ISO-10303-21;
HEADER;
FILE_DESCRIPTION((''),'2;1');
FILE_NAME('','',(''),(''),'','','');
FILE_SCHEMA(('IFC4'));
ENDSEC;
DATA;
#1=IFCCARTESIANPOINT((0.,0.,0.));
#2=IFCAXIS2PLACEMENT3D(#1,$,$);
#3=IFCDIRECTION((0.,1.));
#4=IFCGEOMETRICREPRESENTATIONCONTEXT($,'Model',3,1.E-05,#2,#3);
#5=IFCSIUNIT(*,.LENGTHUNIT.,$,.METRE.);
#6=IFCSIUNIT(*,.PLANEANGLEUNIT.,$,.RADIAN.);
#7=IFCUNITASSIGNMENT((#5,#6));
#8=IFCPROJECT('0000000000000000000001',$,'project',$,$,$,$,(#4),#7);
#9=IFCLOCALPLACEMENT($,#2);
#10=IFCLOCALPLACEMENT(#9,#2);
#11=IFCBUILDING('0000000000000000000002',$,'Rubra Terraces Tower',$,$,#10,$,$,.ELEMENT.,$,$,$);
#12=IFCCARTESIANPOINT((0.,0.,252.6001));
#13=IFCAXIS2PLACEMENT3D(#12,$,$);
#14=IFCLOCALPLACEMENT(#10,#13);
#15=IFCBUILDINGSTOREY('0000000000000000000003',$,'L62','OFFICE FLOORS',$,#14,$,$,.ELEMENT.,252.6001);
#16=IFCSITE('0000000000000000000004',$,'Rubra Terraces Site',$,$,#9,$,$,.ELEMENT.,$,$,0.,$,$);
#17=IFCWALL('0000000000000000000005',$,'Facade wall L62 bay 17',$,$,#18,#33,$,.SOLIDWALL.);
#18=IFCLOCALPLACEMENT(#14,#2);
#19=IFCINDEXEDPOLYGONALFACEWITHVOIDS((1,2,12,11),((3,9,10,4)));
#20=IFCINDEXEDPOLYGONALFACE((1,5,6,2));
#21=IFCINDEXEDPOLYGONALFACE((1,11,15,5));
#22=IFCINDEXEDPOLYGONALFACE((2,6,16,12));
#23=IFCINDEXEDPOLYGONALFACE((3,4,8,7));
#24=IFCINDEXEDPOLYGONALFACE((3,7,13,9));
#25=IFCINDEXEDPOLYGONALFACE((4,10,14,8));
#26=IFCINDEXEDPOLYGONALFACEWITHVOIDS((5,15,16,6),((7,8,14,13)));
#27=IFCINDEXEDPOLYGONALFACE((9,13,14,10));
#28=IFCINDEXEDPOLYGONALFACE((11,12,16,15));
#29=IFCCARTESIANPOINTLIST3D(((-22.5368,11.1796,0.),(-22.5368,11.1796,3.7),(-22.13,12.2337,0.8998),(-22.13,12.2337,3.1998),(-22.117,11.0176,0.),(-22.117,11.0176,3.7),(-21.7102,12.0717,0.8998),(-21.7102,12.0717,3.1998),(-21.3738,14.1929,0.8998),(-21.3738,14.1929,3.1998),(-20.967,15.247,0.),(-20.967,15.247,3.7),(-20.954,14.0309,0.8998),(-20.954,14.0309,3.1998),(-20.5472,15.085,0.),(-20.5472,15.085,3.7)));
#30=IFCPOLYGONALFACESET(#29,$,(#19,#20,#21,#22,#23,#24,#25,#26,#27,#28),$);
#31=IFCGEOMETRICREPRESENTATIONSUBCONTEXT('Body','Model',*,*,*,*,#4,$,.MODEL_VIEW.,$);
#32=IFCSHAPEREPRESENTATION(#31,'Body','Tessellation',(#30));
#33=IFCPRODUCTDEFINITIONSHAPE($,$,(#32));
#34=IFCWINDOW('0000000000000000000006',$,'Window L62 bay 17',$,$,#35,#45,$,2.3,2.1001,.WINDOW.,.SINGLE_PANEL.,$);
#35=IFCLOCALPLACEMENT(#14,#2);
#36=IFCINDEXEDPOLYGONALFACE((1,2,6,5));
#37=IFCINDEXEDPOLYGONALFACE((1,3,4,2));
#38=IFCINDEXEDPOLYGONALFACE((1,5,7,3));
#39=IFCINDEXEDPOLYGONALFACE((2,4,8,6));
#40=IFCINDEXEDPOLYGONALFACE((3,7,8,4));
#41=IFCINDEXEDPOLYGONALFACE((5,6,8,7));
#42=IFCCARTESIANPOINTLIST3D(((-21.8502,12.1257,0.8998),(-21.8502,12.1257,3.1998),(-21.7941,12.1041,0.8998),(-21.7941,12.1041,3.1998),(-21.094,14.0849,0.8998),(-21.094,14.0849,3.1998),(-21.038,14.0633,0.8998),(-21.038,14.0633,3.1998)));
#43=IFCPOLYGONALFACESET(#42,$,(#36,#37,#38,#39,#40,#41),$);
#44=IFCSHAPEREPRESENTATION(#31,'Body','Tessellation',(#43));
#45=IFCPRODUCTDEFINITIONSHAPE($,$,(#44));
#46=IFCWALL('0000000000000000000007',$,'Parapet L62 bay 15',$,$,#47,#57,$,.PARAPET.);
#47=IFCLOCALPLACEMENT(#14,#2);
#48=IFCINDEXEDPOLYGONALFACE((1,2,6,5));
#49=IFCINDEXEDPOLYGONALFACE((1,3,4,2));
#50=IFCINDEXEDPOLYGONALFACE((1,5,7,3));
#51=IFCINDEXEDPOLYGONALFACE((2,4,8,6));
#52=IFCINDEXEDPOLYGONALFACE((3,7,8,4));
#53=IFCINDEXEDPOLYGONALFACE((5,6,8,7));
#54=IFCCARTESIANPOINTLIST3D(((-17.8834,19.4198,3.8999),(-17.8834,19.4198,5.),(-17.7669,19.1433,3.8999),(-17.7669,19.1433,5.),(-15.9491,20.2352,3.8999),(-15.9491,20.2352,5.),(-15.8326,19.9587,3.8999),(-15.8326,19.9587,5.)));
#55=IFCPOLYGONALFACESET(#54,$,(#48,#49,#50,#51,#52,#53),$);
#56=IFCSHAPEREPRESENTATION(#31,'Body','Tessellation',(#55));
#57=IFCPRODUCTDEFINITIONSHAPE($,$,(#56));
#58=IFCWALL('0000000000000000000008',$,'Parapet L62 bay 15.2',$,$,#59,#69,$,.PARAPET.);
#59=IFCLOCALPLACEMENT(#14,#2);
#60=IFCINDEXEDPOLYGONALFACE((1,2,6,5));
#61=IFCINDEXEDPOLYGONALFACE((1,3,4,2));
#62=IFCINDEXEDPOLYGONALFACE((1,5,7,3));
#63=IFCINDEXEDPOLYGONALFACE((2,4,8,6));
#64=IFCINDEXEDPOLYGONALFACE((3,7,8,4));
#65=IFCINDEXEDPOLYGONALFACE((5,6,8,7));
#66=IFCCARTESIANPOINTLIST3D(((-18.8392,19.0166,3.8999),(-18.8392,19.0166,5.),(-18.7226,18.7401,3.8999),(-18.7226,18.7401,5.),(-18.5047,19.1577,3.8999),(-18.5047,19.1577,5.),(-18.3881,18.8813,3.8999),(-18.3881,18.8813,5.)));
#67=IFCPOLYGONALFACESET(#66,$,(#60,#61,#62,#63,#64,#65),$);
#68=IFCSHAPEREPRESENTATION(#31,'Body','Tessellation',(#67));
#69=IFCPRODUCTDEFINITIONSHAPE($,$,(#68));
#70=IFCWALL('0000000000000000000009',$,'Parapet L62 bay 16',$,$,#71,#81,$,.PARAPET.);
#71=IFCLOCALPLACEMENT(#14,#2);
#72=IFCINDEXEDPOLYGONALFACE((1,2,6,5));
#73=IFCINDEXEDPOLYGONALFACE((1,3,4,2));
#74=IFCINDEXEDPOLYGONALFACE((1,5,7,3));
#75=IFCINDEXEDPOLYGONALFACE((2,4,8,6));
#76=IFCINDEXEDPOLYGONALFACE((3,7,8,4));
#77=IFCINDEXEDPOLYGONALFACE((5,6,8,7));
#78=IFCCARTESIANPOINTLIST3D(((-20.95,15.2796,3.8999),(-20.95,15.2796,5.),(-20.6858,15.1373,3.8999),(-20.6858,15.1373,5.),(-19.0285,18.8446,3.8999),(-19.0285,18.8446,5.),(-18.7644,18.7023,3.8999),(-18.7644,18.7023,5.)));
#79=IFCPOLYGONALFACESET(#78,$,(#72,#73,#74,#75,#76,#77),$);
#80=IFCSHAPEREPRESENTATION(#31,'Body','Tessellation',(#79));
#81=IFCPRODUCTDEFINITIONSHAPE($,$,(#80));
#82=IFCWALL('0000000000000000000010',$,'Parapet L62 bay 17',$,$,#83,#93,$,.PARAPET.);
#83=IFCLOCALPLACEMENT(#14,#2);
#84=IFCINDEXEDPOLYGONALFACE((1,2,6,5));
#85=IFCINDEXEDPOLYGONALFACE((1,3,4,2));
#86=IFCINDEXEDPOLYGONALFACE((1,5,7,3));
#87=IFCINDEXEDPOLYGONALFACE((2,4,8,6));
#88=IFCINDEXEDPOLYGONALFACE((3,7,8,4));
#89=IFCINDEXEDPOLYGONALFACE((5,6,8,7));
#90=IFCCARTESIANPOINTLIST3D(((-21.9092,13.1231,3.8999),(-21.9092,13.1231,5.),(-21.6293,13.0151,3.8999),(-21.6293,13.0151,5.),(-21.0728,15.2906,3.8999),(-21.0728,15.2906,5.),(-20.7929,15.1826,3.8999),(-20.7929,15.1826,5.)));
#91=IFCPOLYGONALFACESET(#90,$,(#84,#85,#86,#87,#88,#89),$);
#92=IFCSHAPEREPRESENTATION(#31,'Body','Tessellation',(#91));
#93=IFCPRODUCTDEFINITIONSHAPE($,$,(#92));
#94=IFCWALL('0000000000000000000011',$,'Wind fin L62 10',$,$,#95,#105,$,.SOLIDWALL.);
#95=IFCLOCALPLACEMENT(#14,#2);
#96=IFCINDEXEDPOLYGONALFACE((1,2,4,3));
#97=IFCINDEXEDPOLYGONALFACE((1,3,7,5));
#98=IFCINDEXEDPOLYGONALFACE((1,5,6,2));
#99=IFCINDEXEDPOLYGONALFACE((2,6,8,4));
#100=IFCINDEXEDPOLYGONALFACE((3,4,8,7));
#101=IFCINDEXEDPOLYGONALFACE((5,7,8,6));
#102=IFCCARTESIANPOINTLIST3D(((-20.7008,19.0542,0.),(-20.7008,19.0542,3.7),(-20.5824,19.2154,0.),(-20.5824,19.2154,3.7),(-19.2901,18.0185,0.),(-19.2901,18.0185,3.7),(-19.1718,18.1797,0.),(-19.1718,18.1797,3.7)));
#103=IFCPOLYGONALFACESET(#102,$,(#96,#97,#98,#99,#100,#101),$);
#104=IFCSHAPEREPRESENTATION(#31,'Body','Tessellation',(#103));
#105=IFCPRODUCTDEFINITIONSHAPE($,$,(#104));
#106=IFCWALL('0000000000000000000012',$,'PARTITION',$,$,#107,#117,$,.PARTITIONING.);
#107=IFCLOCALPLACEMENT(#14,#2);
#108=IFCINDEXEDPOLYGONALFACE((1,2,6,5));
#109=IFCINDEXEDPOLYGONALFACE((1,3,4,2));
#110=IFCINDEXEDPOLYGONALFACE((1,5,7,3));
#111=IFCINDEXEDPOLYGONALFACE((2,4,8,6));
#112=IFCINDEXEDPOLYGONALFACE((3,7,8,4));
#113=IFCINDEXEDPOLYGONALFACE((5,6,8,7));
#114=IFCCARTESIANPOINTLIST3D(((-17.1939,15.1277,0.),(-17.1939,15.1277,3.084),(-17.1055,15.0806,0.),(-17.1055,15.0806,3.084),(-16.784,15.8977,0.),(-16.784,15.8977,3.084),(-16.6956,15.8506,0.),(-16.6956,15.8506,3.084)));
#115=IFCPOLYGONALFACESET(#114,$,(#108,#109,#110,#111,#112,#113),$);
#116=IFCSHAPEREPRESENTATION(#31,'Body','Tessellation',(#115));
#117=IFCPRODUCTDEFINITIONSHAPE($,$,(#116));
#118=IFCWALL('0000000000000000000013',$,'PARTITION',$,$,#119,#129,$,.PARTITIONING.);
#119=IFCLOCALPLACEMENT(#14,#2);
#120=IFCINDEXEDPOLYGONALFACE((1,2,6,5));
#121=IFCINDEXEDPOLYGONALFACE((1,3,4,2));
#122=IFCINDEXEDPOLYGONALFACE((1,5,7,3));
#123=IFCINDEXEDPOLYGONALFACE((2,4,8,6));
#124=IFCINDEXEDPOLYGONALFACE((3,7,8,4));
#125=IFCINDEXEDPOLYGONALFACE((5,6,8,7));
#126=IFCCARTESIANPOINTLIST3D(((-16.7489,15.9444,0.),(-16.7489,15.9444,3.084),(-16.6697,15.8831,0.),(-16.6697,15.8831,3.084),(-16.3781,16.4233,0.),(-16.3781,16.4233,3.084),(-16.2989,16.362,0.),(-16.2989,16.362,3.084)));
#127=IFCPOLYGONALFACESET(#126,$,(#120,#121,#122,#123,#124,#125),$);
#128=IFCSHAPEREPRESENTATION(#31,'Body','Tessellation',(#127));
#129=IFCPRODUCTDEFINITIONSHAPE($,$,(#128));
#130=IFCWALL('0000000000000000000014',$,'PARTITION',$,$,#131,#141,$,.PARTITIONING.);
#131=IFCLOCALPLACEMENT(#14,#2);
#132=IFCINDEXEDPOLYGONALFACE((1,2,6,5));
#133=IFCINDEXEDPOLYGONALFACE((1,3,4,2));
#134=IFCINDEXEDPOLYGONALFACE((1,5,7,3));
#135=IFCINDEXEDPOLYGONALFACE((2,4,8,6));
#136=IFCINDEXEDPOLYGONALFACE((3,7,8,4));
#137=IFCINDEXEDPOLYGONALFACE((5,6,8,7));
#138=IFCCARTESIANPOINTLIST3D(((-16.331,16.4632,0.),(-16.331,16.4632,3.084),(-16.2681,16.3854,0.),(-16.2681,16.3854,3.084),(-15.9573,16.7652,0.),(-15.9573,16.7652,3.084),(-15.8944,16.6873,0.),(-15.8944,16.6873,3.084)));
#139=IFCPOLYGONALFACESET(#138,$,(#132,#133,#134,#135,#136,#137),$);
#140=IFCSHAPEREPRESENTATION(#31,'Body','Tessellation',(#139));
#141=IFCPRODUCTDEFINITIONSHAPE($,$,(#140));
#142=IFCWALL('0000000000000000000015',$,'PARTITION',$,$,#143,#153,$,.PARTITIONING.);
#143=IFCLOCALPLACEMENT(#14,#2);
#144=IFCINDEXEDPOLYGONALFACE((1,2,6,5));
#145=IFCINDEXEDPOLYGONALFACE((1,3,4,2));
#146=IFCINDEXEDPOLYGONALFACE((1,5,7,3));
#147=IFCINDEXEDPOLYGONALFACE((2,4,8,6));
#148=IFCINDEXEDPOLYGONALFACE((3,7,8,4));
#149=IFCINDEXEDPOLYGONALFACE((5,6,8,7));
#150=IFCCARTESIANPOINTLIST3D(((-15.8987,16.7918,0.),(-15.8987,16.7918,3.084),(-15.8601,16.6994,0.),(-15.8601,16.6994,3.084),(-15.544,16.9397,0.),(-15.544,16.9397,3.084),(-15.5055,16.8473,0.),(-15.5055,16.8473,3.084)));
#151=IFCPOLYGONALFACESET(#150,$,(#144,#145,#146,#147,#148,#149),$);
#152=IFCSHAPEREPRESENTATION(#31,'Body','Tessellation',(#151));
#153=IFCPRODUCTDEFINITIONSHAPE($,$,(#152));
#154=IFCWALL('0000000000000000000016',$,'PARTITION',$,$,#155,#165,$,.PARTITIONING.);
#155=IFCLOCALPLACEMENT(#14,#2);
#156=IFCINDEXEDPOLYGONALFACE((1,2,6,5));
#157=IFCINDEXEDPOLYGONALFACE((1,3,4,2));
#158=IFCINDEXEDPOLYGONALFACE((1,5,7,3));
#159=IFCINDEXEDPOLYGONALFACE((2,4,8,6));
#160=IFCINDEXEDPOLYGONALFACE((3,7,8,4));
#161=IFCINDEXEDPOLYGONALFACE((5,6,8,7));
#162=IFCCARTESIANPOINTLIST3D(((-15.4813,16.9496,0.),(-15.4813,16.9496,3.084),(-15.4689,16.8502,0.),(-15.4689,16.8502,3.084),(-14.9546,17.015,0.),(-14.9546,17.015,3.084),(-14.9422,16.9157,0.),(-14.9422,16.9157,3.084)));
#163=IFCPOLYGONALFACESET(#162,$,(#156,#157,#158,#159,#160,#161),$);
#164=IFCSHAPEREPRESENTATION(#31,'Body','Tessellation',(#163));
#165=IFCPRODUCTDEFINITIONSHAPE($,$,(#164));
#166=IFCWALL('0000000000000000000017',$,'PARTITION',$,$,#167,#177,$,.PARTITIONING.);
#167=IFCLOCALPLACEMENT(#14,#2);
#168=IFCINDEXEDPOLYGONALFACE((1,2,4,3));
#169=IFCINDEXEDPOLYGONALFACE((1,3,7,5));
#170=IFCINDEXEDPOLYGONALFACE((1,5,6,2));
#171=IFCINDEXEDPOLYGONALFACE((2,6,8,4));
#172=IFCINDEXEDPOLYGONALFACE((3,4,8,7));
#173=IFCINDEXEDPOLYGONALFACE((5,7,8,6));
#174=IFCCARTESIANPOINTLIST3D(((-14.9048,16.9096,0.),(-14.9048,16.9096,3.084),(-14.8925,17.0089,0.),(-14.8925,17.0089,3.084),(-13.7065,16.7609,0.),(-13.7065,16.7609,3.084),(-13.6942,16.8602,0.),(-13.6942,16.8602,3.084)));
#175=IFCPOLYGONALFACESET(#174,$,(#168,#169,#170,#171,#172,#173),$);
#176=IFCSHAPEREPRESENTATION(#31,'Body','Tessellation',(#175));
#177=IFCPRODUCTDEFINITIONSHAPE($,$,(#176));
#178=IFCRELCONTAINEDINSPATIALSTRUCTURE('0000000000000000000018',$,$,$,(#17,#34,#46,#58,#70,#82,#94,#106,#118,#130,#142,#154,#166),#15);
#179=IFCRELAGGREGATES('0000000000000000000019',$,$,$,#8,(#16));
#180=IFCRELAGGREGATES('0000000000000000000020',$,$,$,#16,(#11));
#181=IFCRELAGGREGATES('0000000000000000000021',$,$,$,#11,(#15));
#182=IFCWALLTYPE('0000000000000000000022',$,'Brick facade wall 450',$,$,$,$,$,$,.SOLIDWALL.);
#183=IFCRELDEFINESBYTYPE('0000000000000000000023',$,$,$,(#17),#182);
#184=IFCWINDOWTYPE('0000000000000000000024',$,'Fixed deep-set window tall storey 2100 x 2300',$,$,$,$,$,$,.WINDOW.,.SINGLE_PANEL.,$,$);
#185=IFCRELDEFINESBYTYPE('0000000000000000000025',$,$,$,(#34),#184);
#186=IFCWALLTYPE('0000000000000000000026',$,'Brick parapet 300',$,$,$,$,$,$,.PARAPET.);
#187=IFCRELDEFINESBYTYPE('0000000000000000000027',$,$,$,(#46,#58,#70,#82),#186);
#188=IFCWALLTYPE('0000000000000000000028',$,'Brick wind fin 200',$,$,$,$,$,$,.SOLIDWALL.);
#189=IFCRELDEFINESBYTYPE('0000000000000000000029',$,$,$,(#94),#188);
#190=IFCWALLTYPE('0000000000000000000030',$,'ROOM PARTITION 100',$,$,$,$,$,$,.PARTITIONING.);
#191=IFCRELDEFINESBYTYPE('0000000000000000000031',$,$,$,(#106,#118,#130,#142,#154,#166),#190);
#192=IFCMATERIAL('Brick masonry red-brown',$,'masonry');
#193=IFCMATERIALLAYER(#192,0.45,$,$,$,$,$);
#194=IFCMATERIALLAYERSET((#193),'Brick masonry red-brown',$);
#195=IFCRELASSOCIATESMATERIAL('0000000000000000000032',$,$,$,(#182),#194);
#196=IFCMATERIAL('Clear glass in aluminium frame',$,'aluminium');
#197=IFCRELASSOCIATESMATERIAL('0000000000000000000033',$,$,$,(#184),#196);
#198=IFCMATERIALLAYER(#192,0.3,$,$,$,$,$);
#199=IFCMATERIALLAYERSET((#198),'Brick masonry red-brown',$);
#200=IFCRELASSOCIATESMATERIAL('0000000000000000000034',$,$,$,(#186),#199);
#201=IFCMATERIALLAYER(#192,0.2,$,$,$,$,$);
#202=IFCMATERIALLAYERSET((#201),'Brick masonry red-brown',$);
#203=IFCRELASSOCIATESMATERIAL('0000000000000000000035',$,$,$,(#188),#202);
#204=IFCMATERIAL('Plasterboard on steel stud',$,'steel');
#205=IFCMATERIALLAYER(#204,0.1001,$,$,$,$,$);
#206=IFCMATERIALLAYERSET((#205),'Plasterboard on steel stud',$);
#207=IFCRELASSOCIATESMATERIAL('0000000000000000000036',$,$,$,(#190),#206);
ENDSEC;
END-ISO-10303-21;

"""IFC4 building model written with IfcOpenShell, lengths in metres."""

from ifc_helpers import new_model, si_unit, direction, frame, frame_2d, origin, place, context, subcontext, project, spatial, rectangle, extrude, material, layer, layer_set, type_object, element, fill, save


model = new_model("IFC4")

# Units and contexts
model_context = context("Model", 3, precision=1e-05, world=origin(), true_north=direction((0.0, 1.0)))
body_context = subcontext(model_context, "Body", "Model", "MODEL_VIEW")
ifc_project = project(units=[si_unit("LENGTHUNIT", "METRE"), si_unit("PLANEANGLEUNIT", "RADIAN")], contexts=[model_context])

# Site, building, storey
site_placement = place(None, origin())
site = spatial("IfcSite", under=ifc_project, at=site_placement, Name="Rubra Terraces Site", CompositionType="ELEMENT", RefElevation=0.0)
building_placement = place(site_placement, origin())
building = spatial("IfcBuilding", under=site, at=building_placement, Name="Rubra Terraces Tower", CompositionType="ELEMENT")
storey_placement = place(building_placement, frame((0.0, 0.0, 252.6001)))
storey = spatial("IfcBuildingStorey", under=building, at=storey_placement, Name="L62", Description="OFFICE FLOORS", CompositionType="ELEMENT", Elevation=252.6001)

# Wall, opening, window
ifc_material_1 = material(Name="Brick masonry red-brown", Category="masonry")
ifc_layer_1 = layer(ifc_material_1, 0.45)
ifc_layer_set_1 = layer_set([ifc_layer_1], Name="Brick masonry red-brown")
wall_type_1 = type_object("IfcWallType", Name="Brick facade wall 450", PredefinedType="SOLIDWALL", material=ifc_layer_set_1)
ifc_material_2 = material(Name="Clear glass in aluminium frame", Category="aluminium")
window_type_1 = type_object("IfcWindowType", Name="Fixed deep-set window tall storey 2100 x 2300", PartitioningType="SINGLE_PANEL", PredefinedType="WINDOW", material=ifc_material_2)
wall_1_placement = place(storey_placement, frame((-20.7571, 15.166, 0.0), z_axis=(0.0, 0.0, 1.0), x_axis=(-0.360067, -0.932926, 0.0)))
wall_1 = element("IfcWall", 1, at=wall_1_placement, inside=storey, type_object=wall_type_1, Name="Facade wall L62 bay 17", PredefinedType="SOLIDWALL", context=body_context, shape_type="SweptSolid", body=[
    extrude(rectangle(XDim=4.3599, YDim=0.45, at=frame_2d((2.1799, 0.0))), origin(), (0.0, 0.0, 1.0), 3.7),
])
opening_1_placement = place(wall_1_placement, frame((1.1299, 0.0, 0.8999)))
opening_1 = element("IfcOpeningElement", 2, at=opening_1_placement, cuts=wall_1, PredefinedType="OPENING", context=body_context, shape_type="SweptSolid", body=[
    extrude(rectangle(XDim=2.1001, YDim=2.3, at=frame_2d((1.05, 1.1499))), frame((0.0, 0.2349, 0.0), z_axis=(0.0, -1.0, 0.0), x_axis=(1.0, 0.0, 0.0)), (0.0, 0.0, 1.0), 0.47),
])
window_1_placement = place(opening_1_placement, origin())
window_1 = element("IfcWindow", 3, at=window_1_placement, inside=storey, type_object=window_type_1, Name="Window L62 bay 17", OverallHeight=2.3, OverallWidth=2.1001, PartitioningType="SINGLE_PANEL", PredefinedType="WINDOW", context=body_context, shape_type="SweptSolid", body=[
    extrude(rectangle(XDim=2.1001, YDim=2.3, at=frame_2d((1.05, 1.1499))), frame((0.0, 0.135, 0.0), z_axis=(0.0, -1.0, 0.0), x_axis=(1.0, 0.0, 0.0)), (0.0, 0.0, 1.0), 0.0601),
])
fill(opening_1, window_1)

# Walls
ifc_layer_2 = layer(ifc_material_1, 0.3)
ifc_layer_set_2 = layer_set([ifc_layer_2], Name="Brick masonry red-brown")
wall_type_2 = type_object("IfcWallType", Name="Brick parapet 300", PredefinedType="PARAPET", material=ifc_layer_set_2)
wall_2_placement = place(storey_placement, frame((-15.8909, 20.0969, 3.8999), z_axis=(0.0, 0.0, 1.0), x_axis=(-0.921469, -0.388452, 0.0)))
element("IfcWall", 4, at=wall_2_placement, inside=storey, type_object=wall_type_2, Name="Parapet L62 bay 15", PredefinedType="PARAPET", context=body_context, shape_type="SweptSolid", body=[
    extrude(rectangle(XDim=2.0991, YDim=0.3, at=frame_2d((1.0496, 0.0))), origin(), (0.0, 0.0, 1.0), 1.1001),
])
wall_3_placement = place(storey_placement, frame((-18.4463, 19.0195, 3.8999), z_axis=(0.0, 0.0, 1.0), x_axis=(-0.921357, -0.388718, 0.0)))
element("IfcWall", 5, at=wall_3_placement, inside=storey, type_object=wall_type_2, Name="Parapet L62 bay 15.2", PredefinedType="PARAPET", context=body_context, shape_type="SweptSolid", body=[
    extrude(rectangle(XDim=0.363, YDim=0.3, at=frame_2d((0.1816, 0.0))), origin(), (0.0, 0.0, 1.0), 1.1001),
])
wall_4_placement = place(storey_placement, frame((-18.8965, 18.7734, 3.8999), z_axis=(0.0, 0.0, 1.0), x_axis=(-0.474445, -0.880285, 0.0)))
element("IfcWall", 6, at=wall_4_placement, inside=storey, type_object=wall_type_2, Name="Parapet L62 bay 16", PredefinedType="PARAPET", context=body_context, shape_type="SweptSolid", body=[
    extrude(rectangle(XDim=4.0498, YDim=0.3, at=frame_2d((2.0249, 0.0))), origin(), (0.0, 0.0, 1.0), 1.1001),
])
wall_5_placement = place(storey_placement, frame((-20.9329, 15.2366, 3.8999), z_axis=(0.0, 0.0, 1.0), x_axis=(-0.360021, -0.932944, 0.0)))
element("IfcWall", 7, at=wall_5_placement, inside=storey, type_object=wall_type_2, Name="Parapet L62 bay 17", PredefinedType="PARAPET", context=body_context, shape_type="SweptSolid", body=[
    extrude(rectangle(XDim=2.3232, YDim=0.3, at=frame_2d((1.1616, 0.0))), origin(), (0.0, 0.0, 1.0), 1.1001),
])
ifc_layer_3 = layer(ifc_material_1, 0.2)
ifc_layer_set_3 = layer_set([ifc_layer_3], Name="Brick masonry red-brown")
wall_type_3 = type_object("IfcWallType", Name="Brick wind fin 200", PredefinedType="SOLIDWALL", material=ifc_layer_set_3)
wall_6_placement = place(storey_placement, frame((-19.231, 18.0991, 0.0), z_axis=(0.0, 0.0, 1.0), x_axis=(-0.806086, 0.591799, 0.0)))
element("IfcWall", 8, at=wall_6_placement, inside=storey, type_object=wall_type_3, Name="Wind fin L62 10", PredefinedType="SOLIDWALL", context=body_context, shape_type="SweptSolid", body=[
    extrude(rectangle(XDim=1.75, YDim=0.2, at=frame_2d((0.875, 0.0))), origin(), (0.0, 0.0, 1.0), 3.7),
])
ifc_material_3 = material(Name="Plasterboard on steel stud", Category="steel")
ifc_layer_4 = layer(ifc_material_3, 0.1001)
ifc_layer_set_4 = layer_set([ifc_layer_4], Name="Plasterboard on steel stud")
wall_type_4 = type_object("IfcWallType", Name="ROOM PARTITION 100", PredefinedType="PARTITIONING", material=ifc_layer_set_4)
wall_7_placement = place(storey_placement, frame((-17.1497, 15.1042, 0.0), z_axis=(0.0, 0.0, 1.0), x_axis=(0.469905, 0.882717, 0.0)))
element("IfcWall", 9, at=wall_7_placement, inside=storey, type_object=wall_type_4, Name="PARTITION", PredefinedType="PARTITIONING", context=body_context, shape_type="SweptSolid", body=[
    extrude(rectangle(XDim=0.8723, YDim=0.1001, at=frame_2d((0.436, 0.0))), origin(), (0.0, 0.0, 1.0), 3.084),
])
wall_8_placement = place(storey_placement, frame((-16.7092, 15.9138, 0.0), z_axis=(0.0, 0.0, 1.0), x_axis=(0.612181, 0.790717, 0.0)))
element("IfcWall", 10, at=wall_8_placement, inside=storey, type_object=wall_type_4, Name="PARTITION", PredefinedType="PARTITIONING", context=body_context, shape_type="SweptSolid", body=[
    extrude(rectangle(XDim=0.6057, YDim=0.1001, at=frame_2d((0.3027, 0.0))), origin(), (0.0, 0.0, 1.0), 3.084),
])
wall_9_placement = place(storey_placement, frame((-16.2996, 16.4243, 0.0), z_axis=(0.0, 0.0, 1.0), x_axis=(0.777836, 0.628467, 0.0)))
element("IfcWall", 11, at=wall_9_placement, inside=storey, type_object=wall_type_4, Name="PARTITION", PredefinedType="PARTITIONING", context=body_context, shape_type="SweptSolid", body=[
    extrude(rectangle(XDim=0.4805, YDim=0.1001, at=frame_2d((0.2402, 0.0))), origin(), (0.0, 0.0, 1.0), 3.084),
])
wall_10_placement = place(storey_placement, frame((-15.8794, 16.7456, 0.0), z_axis=(0.0, 0.0, 1.0), x_axis=(0.922945, 0.384931, 0.0)))
element("IfcWall", 12, at=wall_10_placement, inside=storey, type_object=wall_type_4, Name="PARTITION", PredefinedType="PARTITIONING", context=body_context, shape_type="SweptSolid", body=[
    extrude(rectangle(XDim=0.3843, YDim=0.1001, at=frame_2d((0.1921, 0.0))), origin(), (0.0, 0.0, 1.0), 3.084),
])
wall_11_placement = place(storey_placement, frame((-15.4751, 16.8999, 0.0), z_axis=(0.0, 0.0, 1.0), x_axis=(0.99237, 0.123299, 0.0)))
element("IfcWall", 13, at=wall_11_placement, inside=storey, type_object=wall_type_4, Name="PARTITION", PredefinedType="PARTITIONING", context=body_context, shape_type="SweptSolid", body=[
    extrude(rectangle(XDim=0.5308, YDim=0.1001, at=frame_2d((0.2654, 0.0))), origin(), (0.0, 0.0, 1.0), 3.084),
])
wall_12_placement = place(storey_placement, frame((-14.8987, 16.9592, 0.0), z_axis=(0.0, 0.0, 1.0), x_axis=(0.992389, -0.123139, 0.0)))
element("IfcWall", 14, at=wall_12_placement, inside=storey, type_object=wall_type_4, Name="PARTITION", PredefinedType="PARTITIONING", context=body_context, shape_type="SweptSolid", body=[
    extrude(rectangle(XDim=1.2075, YDim=0.1001, at=frame_2d((0.6038, 0.0))), origin(), (0.0, 0.0, 1.0), 3.084),
])

save(model, "model.ifc")
